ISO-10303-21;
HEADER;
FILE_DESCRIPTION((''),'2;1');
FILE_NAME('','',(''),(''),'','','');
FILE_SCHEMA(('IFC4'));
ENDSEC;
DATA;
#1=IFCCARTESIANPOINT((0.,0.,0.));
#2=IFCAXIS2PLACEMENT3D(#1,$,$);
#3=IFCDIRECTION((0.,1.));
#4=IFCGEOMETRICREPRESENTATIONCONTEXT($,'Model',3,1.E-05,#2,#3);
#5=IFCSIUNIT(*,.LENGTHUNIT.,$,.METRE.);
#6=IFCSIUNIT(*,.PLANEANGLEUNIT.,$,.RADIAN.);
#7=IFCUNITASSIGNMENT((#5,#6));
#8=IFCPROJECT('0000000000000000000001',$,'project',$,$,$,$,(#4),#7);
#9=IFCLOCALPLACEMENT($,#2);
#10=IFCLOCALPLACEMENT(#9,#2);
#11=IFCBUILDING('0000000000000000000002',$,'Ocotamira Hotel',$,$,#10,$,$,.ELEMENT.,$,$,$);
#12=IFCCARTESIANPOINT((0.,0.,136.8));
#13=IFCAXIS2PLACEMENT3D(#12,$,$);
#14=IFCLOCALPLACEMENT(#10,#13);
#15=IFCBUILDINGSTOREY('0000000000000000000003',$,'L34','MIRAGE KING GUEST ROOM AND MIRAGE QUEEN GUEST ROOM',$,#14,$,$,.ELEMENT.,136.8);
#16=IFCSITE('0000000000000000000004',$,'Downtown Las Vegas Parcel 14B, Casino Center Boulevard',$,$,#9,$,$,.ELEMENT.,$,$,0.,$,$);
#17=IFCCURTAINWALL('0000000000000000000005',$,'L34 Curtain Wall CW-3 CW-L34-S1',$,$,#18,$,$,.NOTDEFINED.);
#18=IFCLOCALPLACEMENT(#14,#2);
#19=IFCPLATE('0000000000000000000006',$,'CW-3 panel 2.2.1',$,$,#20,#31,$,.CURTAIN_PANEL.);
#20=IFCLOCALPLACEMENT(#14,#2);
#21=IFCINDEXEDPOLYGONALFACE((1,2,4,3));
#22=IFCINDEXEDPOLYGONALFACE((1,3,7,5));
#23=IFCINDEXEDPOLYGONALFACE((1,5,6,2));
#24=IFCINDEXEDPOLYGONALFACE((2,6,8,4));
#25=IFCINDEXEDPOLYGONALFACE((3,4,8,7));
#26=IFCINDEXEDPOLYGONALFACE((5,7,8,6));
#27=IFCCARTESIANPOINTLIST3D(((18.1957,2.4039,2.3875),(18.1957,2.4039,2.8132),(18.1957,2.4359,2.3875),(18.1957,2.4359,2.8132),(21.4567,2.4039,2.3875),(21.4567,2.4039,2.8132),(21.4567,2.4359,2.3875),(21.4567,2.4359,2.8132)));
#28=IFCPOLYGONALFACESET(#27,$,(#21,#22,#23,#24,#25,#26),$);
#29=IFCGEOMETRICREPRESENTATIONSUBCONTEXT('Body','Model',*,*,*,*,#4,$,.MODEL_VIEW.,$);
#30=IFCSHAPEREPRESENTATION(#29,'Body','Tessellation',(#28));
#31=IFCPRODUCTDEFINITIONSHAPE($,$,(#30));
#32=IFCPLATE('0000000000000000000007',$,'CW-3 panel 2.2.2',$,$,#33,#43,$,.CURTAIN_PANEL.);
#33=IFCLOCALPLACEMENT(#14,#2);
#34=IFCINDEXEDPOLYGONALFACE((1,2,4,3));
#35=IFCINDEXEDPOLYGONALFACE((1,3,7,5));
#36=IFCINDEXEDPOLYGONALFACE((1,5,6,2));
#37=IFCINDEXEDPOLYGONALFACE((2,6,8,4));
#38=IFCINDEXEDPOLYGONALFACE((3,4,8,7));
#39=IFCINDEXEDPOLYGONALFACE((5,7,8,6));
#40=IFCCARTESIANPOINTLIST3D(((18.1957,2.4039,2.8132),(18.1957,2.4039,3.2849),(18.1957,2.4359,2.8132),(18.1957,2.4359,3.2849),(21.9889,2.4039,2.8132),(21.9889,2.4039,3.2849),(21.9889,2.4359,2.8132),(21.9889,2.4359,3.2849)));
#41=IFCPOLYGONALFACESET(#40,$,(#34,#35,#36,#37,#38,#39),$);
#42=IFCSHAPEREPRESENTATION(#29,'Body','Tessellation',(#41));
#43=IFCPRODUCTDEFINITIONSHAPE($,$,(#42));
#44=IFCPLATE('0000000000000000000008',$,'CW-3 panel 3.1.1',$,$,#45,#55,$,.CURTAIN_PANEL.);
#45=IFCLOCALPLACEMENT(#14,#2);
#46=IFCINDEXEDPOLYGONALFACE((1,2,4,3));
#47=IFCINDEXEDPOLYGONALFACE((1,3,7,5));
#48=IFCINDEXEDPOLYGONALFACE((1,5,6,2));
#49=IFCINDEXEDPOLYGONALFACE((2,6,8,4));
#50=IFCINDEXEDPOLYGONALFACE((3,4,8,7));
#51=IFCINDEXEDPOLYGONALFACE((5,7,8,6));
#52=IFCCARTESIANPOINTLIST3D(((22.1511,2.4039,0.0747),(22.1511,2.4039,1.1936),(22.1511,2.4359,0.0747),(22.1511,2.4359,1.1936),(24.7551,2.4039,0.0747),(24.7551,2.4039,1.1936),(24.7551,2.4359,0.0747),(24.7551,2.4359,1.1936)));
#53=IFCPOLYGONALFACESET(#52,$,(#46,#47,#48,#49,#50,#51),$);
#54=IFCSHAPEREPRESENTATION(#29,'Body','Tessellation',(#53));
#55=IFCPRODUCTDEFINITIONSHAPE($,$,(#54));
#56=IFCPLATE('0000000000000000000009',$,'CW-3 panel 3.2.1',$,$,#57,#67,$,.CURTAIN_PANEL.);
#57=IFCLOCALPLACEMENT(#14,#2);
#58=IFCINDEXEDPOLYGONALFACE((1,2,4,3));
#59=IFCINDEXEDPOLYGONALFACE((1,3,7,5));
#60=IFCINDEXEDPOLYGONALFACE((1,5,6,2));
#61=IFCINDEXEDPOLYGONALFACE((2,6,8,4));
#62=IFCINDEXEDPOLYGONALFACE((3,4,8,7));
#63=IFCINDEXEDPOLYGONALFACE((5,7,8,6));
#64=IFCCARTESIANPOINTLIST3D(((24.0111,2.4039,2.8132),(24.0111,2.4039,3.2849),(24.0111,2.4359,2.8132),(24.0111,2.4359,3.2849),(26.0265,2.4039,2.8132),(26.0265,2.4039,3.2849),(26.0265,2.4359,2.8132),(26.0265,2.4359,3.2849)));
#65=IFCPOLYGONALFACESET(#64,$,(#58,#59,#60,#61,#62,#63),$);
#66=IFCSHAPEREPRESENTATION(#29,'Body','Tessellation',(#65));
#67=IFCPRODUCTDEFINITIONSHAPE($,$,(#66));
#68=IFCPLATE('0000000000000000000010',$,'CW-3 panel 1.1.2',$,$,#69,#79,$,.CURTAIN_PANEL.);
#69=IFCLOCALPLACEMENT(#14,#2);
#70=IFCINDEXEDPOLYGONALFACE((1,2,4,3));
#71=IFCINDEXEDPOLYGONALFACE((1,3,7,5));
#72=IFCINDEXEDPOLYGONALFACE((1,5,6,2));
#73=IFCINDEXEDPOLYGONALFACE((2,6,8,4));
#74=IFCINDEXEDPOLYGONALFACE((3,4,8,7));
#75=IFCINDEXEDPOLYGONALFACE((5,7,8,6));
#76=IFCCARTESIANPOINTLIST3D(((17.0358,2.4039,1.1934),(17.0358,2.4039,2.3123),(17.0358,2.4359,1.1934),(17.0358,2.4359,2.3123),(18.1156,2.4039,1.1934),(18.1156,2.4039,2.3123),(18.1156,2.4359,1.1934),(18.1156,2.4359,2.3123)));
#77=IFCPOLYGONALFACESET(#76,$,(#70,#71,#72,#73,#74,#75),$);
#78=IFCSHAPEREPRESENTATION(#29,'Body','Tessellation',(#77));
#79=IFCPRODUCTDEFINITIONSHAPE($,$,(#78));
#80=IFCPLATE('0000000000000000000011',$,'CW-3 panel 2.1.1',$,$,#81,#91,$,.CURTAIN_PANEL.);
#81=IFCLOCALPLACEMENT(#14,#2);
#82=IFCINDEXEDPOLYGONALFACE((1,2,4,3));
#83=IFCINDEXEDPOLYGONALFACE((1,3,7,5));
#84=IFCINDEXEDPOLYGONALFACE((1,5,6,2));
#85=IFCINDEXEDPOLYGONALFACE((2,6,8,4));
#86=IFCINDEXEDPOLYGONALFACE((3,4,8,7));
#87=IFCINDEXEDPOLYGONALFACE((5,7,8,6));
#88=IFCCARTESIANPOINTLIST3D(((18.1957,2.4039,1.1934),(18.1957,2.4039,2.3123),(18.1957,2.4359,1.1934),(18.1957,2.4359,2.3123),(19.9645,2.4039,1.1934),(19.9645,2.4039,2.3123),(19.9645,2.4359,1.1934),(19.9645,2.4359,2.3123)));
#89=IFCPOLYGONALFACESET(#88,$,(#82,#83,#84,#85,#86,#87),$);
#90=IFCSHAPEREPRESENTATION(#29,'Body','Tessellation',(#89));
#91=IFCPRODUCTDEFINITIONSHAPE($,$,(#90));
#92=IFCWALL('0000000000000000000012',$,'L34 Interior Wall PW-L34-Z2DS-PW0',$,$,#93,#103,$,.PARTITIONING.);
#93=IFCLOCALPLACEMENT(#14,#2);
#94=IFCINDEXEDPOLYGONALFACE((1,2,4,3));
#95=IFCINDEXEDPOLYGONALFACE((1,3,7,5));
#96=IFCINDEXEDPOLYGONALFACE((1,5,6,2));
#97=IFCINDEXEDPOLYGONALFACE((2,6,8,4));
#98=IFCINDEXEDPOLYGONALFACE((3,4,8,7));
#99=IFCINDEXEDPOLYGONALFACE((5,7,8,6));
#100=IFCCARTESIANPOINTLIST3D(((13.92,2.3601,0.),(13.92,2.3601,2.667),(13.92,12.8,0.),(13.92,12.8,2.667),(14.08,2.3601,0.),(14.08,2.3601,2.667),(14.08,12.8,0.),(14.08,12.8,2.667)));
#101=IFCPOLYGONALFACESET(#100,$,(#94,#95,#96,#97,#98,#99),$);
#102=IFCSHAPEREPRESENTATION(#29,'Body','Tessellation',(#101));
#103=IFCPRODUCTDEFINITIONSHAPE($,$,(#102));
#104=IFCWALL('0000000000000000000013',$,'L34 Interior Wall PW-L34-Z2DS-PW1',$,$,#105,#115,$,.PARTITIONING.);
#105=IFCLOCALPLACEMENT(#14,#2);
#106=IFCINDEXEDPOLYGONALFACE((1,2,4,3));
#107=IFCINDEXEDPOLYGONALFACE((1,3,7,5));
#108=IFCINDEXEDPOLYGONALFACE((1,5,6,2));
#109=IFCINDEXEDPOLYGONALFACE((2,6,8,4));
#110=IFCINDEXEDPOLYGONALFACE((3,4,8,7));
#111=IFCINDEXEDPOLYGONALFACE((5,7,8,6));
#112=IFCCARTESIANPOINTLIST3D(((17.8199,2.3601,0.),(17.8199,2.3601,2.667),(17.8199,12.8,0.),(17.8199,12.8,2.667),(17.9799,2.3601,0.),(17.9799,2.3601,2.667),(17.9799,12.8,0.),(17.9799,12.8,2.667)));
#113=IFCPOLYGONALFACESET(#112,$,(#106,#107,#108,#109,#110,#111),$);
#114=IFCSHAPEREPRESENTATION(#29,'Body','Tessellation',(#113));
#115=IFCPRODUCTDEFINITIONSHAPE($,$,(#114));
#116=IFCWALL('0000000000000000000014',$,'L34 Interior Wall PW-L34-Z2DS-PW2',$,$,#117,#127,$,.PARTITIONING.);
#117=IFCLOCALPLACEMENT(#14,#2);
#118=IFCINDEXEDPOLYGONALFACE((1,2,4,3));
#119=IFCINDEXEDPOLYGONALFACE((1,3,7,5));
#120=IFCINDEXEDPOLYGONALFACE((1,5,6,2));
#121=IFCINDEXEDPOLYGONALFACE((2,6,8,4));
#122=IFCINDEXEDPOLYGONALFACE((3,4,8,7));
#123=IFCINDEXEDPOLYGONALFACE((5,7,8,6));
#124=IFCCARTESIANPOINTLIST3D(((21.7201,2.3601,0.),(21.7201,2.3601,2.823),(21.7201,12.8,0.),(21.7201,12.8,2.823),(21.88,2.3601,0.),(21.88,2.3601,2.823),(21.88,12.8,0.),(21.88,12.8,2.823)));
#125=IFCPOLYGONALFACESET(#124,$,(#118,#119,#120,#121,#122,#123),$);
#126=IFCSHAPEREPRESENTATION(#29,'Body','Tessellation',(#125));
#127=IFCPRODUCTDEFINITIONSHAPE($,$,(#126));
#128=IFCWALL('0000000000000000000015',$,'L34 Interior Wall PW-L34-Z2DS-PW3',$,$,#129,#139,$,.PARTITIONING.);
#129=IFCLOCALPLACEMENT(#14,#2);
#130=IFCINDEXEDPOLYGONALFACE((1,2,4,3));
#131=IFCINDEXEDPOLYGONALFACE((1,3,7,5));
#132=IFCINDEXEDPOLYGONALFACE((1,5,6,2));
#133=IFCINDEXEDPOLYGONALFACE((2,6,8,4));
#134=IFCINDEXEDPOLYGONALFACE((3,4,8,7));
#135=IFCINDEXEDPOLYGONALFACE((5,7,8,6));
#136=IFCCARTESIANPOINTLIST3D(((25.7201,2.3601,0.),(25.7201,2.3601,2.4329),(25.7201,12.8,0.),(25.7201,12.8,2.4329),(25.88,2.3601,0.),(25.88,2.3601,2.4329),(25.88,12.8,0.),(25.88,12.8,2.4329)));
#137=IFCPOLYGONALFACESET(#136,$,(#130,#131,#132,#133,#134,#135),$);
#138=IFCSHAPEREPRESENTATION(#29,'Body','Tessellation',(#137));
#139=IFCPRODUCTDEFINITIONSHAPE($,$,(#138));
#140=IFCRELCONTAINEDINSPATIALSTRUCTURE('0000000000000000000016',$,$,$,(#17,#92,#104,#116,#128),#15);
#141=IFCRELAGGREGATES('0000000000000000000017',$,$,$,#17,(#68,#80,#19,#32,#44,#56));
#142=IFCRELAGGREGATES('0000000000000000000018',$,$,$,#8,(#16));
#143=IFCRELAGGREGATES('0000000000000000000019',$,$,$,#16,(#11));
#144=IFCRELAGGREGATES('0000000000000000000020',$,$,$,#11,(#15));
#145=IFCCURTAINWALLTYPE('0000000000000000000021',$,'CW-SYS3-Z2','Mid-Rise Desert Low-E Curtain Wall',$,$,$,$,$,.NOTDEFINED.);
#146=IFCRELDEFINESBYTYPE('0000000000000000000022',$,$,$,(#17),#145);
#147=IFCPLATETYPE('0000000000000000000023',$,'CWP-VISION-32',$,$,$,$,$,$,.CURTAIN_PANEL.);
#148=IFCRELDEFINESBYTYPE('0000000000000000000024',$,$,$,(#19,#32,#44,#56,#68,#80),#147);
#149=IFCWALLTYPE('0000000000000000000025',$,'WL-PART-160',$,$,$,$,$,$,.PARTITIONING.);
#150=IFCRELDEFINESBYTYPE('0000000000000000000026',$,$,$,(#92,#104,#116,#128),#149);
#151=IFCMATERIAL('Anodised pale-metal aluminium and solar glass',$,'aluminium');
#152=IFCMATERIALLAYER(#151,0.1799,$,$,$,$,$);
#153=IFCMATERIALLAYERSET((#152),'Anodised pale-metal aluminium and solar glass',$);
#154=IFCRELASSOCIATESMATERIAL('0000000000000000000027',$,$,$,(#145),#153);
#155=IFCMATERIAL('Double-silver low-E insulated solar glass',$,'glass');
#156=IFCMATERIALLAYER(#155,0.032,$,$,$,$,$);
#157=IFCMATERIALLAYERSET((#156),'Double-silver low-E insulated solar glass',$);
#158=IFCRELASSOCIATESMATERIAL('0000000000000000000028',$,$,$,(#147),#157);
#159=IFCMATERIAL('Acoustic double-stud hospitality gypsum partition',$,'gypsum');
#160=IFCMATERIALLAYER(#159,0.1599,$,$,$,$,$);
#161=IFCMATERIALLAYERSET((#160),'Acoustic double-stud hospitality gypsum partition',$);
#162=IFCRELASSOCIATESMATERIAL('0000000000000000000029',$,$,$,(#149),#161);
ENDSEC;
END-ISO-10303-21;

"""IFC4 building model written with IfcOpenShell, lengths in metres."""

from ifc_helpers import new_model, si_unit, direction, frame, frame_2d, origin, origin_2d, place, context, subcontext, project, spatial, rectangle, extrude, source, transform, mapped, material, layer, layer_set, type_object, element, aggregate, save


model = new_model("IFC4")

# Units and contexts
model_context = context("Model", 3, precision=1e-05, world=origin(), true_north=direction((0.0, 1.0)))
body_context = subcontext(model_context, "Body", "Model", "MODEL_VIEW")
ifc_project = project(units=[si_unit("LENGTHUNIT", "METRE"), si_unit("PLANEANGLEUNIT", "RADIAN")], contexts=[model_context])

# Site, building, storey
site_placement = place(None, origin())
site = spatial("IfcSite", under=ifc_project, at=site_placement, Name="Downtown Las Vegas Parcel 14B, Casino Center Boulevard", CompositionType="ELEMENT", RefElevation=0.0)
building_placement = place(site_placement, origin())
building = spatial("IfcBuilding", under=site, at=building_placement, Name="Ocotamira Hotel", CompositionType="ELEMENT")
storey_placement = place(building_placement, frame((0.0, 0.0, 136.8)))
storey = spatial("IfcBuildingStorey", under=building, at=storey_placement, Name="L34", Description="MIRAGE KING GUEST ROOM AND MIRAGE QUEEN GUEST ROOM", CompositionType="ELEMENT", Elevation=136.8)

# Curtain wall
ifc_material_1 = material(Name="Anodised pale-metal aluminium and solar glass", Category="aluminium")
ifc_layer_1 = layer(ifc_material_1, 0.1799)
ifc_layer_set_1 = layer_set([ifc_layer_1], Name="Anodised pale-metal aluminium and solar glass")
curtain_wall_type = type_object("IfcCurtainWallType", Name="CW-SYS3-Z2", Description="Mid-Rise Desert Low-E Curtain Wall", PredefinedType="NOTDEFINED", material=ifc_layer_set_1)
curtain_wall_placement = place(storey_placement, origin())
curtain_wall = element("IfcCurtainWall", 1, at=curtain_wall_placement, inside=storey, type_object=curtain_wall_type, Name="L34 Curtain Wall CW-3 CW-L34-S1", PredefinedType="NOTDEFINED")

# Plates
ifc_material_2 = material(Name="Double-silver low-E insulated solar glass", Category="glass")
ifc_layer_2 = layer(ifc_material_2, 0.032)
ifc_layer_set_2 = layer_set([ifc_layer_2], Name="Double-silver low-E insulated solar glass")
plate_type_1 = type_object("IfcPlateType", Name="CWP-VISION-32", PredefinedType="CURTAIN_PANEL", material=ifc_layer_set_2)
shared_shape_1 = source(origin(), body_context, "Body", "SweptSolid", [
    extrude(rectangle(XDim=3.261, YDim=0.032, at=origin_2d()), origin(), (0.0, 0.0, 1.0), 0.4258),
])
plate_1_placement = place(storey_placement, frame((19.8262, 2.4199, 2.3875), z_axis=(0.0, 0.0, 1.0), x_axis=(1.0, 0.0, 0.0)))
plate_1 = element("IfcPlate", 2, at=plate_1_placement, type_object=plate_type_1, Name="CW-3 panel 2.2.1", PredefinedType="CURTAIN_PANEL", context=body_context, shape_type="MappedRepresentation", body=[
    mapped(shared_shape_1, transform((0.0, 0.0, 0.0), scale=1.0)),
])
shared_shape_2 = source(origin(), body_context, "Body", "SweptSolid", [
    extrude(rectangle(XDim=3.7932, YDim=0.032, at=origin_2d()), origin(), (0.0, 0.0, 1.0), 0.4717),
])
plate_2_placement = place(storey_placement, frame((20.0923, 2.4199, 2.8132), z_axis=(0.0, 0.0, 1.0), x_axis=(1.0, 0.0, 0.0)))
plate_2 = element("IfcPlate", 3, at=plate_2_placement, type_object=plate_type_1, Name="CW-3 panel 2.2.2", PredefinedType="CURTAIN_PANEL", context=body_context, shape_type="MappedRepresentation", body=[
    mapped(shared_shape_2, transform((0.0, 0.0, 0.0), scale=1.0)),
])
shared_shape_3 = source(origin(), body_context, "Body", "SweptSolid", [
    extrude(rectangle(XDim=2.604, YDim=0.032, at=origin_2d()), origin(), (0.0, 0.0, 1.0), 1.1189),
])
plate_3_placement = place(storey_placement, frame((23.4531, 2.4199, 0.0747), z_axis=(0.0, 0.0, 1.0), x_axis=(1.0, 0.0, 0.0)))
plate_3 = element("IfcPlate", 4, at=plate_3_placement, type_object=plate_type_1, Name="CW-3 panel 3.1.1", PredefinedType="CURTAIN_PANEL", context=body_context, shape_type="MappedRepresentation", body=[
    mapped(shared_shape_3, transform((0.0, 0.0, 0.0), scale=1.0)),
])
shared_shape_4 = source(origin(), body_context, "Body", "SweptSolid", [
    extrude(rectangle(XDim=2.0154, YDim=0.032, at=origin_2d()), origin(), (0.0, 0.0, 1.0), 0.4717),
])
plate_4_placement = place(storey_placement, frame((25.0188, 2.4199, 2.8132), z_axis=(0.0, 0.0, 1.0), x_axis=(1.0, 0.0, 0.0)))
plate_4 = element("IfcPlate", 5, at=plate_4_placement, type_object=plate_type_1, Name="CW-3 panel 3.2.1", PredefinedType="CURTAIN_PANEL", context=body_context, shape_type="MappedRepresentation", body=[
    mapped(shared_shape_4, transform((0.0, 0.0, 0.0), scale=1.0)),
])
shared_shape_5 = source(origin(), body_context, "Body", "SweptSolid", [
    extrude(rectangle(XDim=1.0798, YDim=0.032, at=origin_2d()), origin(), (0.0, 0.0, 1.0), 1.1189),
])
plate_5_placement = place(storey_placement, frame((17.5757, 2.4199, 1.1934), z_axis=(0.0, 0.0, 1.0), x_axis=(1.0, 0.0, 0.0)))
plate_5 = element("IfcPlate", 6, at=plate_5_placement, type_object=plate_type_1, Name="CW-3 panel 1.1.2", PredefinedType="CURTAIN_PANEL", context=body_context, shape_type="MappedRepresentation", body=[
    mapped(shared_shape_5, transform((0.0, 0.0, 0.0), scale=1.0)),
])
shared_shape_6 = source(origin(), body_context, "Body", "SweptSolid", [
    extrude(rectangle(XDim=1.7688, YDim=0.032, at=origin_2d()), origin(), (0.0, 0.0, 1.0), 1.1189),
])
plate_6_placement = place(storey_placement, frame((19.0801, 2.4199, 1.1934), z_axis=(0.0, 0.0, 1.0), x_axis=(1.0, 0.0, 0.0)))
plate_6 = element("IfcPlate", 7, at=plate_6_placement, type_object=plate_type_1, Name="CW-3 panel 2.1.1", PredefinedType="CURTAIN_PANEL", context=body_context, shape_type="MappedRepresentation", body=[
    mapped(shared_shape_6, transform((0.0, 0.0, 0.0), scale=1.0)),
])
aggregate(curtain_wall, [plate_5, plate_6, plate_1, plate_2, plate_3, plate_4])

# Walls
ifc_material_3 = material(Name="Acoustic double-stud hospitality gypsum partition", Category="gypsum")
ifc_layer_3 = layer(ifc_material_3, 0.1599)
ifc_layer_set_3 = layer_set([ifc_layer_3], Name="Acoustic double-stud hospitality gypsum partition")
wall_type = type_object("IfcWallType", Name="WL-PART-160", PredefinedType="PARTITIONING", material=ifc_layer_set_3)
for number, where, z_axis, x_axis, name in (
    (8, (14.0, 2.3601, 0.0), (0.0, 0.0, 1.0), (0.0, 1.0, 0.0), "L34 Interior Wall PW-L34-Z2DS-PW0"),
    (9, (17.8999, 2.3601, 0.0), (0.0, 0.0, 1.0), (0.0, 1.0, 0.0), "L34 Interior Wall PW-L34-Z2DS-PW1"),
):
    element("IfcWall", number, at=place(storey_placement, frame(where, z_axis=z_axis, x_axis=x_axis)), inside=storey, type_object=wall_type, Name=name, PredefinedType="PARTITIONING", context=body_context, shape_type="SweptSolid", body=[
        extrude(rectangle(XDim=10.4399, YDim=0.1599, at=frame_2d((5.22, 0.0))), origin(), (0.0, 0.0, 1.0), 2.667),
    ])
wall_1_placement = place(storey_placement, frame((21.8, 2.3601, 0.0), z_axis=(0.0, 0.0, 1.0), x_axis=(0.0, 1.0, 0.0)))
element("IfcWall", 10, at=wall_1_placement, inside=storey, type_object=wall_type, Name="L34 Interior Wall PW-L34-Z2DS-PW2", PredefinedType="PARTITIONING", context=body_context, shape_type="SweptSolid", body=[
    extrude(rectangle(XDim=10.4399, YDim=0.1599, at=frame_2d((5.22, 0.0))), origin(), (0.0, 0.0, 1.0), 2.823),
])
wall_2_placement = place(storey_placement, frame((25.8, 2.3601, 0.0), z_axis=(0.0, 0.0, 1.0), x_axis=(0.0, 1.0, 0.0)))
element("IfcWall", 11, at=wall_2_placement, inside=storey, type_object=wall_type, Name="L34 Interior Wall PW-L34-Z2DS-PW3", PredefinedType="PARTITIONING", context=body_context, shape_type="SweptSolid", body=[
    extrude(rectangle(XDim=10.4399, YDim=0.1599, at=frame_2d((5.22, 0.0))), origin(), (0.0, 0.0, 1.0), 2.4329),
])

save(model, "model.ifc")
